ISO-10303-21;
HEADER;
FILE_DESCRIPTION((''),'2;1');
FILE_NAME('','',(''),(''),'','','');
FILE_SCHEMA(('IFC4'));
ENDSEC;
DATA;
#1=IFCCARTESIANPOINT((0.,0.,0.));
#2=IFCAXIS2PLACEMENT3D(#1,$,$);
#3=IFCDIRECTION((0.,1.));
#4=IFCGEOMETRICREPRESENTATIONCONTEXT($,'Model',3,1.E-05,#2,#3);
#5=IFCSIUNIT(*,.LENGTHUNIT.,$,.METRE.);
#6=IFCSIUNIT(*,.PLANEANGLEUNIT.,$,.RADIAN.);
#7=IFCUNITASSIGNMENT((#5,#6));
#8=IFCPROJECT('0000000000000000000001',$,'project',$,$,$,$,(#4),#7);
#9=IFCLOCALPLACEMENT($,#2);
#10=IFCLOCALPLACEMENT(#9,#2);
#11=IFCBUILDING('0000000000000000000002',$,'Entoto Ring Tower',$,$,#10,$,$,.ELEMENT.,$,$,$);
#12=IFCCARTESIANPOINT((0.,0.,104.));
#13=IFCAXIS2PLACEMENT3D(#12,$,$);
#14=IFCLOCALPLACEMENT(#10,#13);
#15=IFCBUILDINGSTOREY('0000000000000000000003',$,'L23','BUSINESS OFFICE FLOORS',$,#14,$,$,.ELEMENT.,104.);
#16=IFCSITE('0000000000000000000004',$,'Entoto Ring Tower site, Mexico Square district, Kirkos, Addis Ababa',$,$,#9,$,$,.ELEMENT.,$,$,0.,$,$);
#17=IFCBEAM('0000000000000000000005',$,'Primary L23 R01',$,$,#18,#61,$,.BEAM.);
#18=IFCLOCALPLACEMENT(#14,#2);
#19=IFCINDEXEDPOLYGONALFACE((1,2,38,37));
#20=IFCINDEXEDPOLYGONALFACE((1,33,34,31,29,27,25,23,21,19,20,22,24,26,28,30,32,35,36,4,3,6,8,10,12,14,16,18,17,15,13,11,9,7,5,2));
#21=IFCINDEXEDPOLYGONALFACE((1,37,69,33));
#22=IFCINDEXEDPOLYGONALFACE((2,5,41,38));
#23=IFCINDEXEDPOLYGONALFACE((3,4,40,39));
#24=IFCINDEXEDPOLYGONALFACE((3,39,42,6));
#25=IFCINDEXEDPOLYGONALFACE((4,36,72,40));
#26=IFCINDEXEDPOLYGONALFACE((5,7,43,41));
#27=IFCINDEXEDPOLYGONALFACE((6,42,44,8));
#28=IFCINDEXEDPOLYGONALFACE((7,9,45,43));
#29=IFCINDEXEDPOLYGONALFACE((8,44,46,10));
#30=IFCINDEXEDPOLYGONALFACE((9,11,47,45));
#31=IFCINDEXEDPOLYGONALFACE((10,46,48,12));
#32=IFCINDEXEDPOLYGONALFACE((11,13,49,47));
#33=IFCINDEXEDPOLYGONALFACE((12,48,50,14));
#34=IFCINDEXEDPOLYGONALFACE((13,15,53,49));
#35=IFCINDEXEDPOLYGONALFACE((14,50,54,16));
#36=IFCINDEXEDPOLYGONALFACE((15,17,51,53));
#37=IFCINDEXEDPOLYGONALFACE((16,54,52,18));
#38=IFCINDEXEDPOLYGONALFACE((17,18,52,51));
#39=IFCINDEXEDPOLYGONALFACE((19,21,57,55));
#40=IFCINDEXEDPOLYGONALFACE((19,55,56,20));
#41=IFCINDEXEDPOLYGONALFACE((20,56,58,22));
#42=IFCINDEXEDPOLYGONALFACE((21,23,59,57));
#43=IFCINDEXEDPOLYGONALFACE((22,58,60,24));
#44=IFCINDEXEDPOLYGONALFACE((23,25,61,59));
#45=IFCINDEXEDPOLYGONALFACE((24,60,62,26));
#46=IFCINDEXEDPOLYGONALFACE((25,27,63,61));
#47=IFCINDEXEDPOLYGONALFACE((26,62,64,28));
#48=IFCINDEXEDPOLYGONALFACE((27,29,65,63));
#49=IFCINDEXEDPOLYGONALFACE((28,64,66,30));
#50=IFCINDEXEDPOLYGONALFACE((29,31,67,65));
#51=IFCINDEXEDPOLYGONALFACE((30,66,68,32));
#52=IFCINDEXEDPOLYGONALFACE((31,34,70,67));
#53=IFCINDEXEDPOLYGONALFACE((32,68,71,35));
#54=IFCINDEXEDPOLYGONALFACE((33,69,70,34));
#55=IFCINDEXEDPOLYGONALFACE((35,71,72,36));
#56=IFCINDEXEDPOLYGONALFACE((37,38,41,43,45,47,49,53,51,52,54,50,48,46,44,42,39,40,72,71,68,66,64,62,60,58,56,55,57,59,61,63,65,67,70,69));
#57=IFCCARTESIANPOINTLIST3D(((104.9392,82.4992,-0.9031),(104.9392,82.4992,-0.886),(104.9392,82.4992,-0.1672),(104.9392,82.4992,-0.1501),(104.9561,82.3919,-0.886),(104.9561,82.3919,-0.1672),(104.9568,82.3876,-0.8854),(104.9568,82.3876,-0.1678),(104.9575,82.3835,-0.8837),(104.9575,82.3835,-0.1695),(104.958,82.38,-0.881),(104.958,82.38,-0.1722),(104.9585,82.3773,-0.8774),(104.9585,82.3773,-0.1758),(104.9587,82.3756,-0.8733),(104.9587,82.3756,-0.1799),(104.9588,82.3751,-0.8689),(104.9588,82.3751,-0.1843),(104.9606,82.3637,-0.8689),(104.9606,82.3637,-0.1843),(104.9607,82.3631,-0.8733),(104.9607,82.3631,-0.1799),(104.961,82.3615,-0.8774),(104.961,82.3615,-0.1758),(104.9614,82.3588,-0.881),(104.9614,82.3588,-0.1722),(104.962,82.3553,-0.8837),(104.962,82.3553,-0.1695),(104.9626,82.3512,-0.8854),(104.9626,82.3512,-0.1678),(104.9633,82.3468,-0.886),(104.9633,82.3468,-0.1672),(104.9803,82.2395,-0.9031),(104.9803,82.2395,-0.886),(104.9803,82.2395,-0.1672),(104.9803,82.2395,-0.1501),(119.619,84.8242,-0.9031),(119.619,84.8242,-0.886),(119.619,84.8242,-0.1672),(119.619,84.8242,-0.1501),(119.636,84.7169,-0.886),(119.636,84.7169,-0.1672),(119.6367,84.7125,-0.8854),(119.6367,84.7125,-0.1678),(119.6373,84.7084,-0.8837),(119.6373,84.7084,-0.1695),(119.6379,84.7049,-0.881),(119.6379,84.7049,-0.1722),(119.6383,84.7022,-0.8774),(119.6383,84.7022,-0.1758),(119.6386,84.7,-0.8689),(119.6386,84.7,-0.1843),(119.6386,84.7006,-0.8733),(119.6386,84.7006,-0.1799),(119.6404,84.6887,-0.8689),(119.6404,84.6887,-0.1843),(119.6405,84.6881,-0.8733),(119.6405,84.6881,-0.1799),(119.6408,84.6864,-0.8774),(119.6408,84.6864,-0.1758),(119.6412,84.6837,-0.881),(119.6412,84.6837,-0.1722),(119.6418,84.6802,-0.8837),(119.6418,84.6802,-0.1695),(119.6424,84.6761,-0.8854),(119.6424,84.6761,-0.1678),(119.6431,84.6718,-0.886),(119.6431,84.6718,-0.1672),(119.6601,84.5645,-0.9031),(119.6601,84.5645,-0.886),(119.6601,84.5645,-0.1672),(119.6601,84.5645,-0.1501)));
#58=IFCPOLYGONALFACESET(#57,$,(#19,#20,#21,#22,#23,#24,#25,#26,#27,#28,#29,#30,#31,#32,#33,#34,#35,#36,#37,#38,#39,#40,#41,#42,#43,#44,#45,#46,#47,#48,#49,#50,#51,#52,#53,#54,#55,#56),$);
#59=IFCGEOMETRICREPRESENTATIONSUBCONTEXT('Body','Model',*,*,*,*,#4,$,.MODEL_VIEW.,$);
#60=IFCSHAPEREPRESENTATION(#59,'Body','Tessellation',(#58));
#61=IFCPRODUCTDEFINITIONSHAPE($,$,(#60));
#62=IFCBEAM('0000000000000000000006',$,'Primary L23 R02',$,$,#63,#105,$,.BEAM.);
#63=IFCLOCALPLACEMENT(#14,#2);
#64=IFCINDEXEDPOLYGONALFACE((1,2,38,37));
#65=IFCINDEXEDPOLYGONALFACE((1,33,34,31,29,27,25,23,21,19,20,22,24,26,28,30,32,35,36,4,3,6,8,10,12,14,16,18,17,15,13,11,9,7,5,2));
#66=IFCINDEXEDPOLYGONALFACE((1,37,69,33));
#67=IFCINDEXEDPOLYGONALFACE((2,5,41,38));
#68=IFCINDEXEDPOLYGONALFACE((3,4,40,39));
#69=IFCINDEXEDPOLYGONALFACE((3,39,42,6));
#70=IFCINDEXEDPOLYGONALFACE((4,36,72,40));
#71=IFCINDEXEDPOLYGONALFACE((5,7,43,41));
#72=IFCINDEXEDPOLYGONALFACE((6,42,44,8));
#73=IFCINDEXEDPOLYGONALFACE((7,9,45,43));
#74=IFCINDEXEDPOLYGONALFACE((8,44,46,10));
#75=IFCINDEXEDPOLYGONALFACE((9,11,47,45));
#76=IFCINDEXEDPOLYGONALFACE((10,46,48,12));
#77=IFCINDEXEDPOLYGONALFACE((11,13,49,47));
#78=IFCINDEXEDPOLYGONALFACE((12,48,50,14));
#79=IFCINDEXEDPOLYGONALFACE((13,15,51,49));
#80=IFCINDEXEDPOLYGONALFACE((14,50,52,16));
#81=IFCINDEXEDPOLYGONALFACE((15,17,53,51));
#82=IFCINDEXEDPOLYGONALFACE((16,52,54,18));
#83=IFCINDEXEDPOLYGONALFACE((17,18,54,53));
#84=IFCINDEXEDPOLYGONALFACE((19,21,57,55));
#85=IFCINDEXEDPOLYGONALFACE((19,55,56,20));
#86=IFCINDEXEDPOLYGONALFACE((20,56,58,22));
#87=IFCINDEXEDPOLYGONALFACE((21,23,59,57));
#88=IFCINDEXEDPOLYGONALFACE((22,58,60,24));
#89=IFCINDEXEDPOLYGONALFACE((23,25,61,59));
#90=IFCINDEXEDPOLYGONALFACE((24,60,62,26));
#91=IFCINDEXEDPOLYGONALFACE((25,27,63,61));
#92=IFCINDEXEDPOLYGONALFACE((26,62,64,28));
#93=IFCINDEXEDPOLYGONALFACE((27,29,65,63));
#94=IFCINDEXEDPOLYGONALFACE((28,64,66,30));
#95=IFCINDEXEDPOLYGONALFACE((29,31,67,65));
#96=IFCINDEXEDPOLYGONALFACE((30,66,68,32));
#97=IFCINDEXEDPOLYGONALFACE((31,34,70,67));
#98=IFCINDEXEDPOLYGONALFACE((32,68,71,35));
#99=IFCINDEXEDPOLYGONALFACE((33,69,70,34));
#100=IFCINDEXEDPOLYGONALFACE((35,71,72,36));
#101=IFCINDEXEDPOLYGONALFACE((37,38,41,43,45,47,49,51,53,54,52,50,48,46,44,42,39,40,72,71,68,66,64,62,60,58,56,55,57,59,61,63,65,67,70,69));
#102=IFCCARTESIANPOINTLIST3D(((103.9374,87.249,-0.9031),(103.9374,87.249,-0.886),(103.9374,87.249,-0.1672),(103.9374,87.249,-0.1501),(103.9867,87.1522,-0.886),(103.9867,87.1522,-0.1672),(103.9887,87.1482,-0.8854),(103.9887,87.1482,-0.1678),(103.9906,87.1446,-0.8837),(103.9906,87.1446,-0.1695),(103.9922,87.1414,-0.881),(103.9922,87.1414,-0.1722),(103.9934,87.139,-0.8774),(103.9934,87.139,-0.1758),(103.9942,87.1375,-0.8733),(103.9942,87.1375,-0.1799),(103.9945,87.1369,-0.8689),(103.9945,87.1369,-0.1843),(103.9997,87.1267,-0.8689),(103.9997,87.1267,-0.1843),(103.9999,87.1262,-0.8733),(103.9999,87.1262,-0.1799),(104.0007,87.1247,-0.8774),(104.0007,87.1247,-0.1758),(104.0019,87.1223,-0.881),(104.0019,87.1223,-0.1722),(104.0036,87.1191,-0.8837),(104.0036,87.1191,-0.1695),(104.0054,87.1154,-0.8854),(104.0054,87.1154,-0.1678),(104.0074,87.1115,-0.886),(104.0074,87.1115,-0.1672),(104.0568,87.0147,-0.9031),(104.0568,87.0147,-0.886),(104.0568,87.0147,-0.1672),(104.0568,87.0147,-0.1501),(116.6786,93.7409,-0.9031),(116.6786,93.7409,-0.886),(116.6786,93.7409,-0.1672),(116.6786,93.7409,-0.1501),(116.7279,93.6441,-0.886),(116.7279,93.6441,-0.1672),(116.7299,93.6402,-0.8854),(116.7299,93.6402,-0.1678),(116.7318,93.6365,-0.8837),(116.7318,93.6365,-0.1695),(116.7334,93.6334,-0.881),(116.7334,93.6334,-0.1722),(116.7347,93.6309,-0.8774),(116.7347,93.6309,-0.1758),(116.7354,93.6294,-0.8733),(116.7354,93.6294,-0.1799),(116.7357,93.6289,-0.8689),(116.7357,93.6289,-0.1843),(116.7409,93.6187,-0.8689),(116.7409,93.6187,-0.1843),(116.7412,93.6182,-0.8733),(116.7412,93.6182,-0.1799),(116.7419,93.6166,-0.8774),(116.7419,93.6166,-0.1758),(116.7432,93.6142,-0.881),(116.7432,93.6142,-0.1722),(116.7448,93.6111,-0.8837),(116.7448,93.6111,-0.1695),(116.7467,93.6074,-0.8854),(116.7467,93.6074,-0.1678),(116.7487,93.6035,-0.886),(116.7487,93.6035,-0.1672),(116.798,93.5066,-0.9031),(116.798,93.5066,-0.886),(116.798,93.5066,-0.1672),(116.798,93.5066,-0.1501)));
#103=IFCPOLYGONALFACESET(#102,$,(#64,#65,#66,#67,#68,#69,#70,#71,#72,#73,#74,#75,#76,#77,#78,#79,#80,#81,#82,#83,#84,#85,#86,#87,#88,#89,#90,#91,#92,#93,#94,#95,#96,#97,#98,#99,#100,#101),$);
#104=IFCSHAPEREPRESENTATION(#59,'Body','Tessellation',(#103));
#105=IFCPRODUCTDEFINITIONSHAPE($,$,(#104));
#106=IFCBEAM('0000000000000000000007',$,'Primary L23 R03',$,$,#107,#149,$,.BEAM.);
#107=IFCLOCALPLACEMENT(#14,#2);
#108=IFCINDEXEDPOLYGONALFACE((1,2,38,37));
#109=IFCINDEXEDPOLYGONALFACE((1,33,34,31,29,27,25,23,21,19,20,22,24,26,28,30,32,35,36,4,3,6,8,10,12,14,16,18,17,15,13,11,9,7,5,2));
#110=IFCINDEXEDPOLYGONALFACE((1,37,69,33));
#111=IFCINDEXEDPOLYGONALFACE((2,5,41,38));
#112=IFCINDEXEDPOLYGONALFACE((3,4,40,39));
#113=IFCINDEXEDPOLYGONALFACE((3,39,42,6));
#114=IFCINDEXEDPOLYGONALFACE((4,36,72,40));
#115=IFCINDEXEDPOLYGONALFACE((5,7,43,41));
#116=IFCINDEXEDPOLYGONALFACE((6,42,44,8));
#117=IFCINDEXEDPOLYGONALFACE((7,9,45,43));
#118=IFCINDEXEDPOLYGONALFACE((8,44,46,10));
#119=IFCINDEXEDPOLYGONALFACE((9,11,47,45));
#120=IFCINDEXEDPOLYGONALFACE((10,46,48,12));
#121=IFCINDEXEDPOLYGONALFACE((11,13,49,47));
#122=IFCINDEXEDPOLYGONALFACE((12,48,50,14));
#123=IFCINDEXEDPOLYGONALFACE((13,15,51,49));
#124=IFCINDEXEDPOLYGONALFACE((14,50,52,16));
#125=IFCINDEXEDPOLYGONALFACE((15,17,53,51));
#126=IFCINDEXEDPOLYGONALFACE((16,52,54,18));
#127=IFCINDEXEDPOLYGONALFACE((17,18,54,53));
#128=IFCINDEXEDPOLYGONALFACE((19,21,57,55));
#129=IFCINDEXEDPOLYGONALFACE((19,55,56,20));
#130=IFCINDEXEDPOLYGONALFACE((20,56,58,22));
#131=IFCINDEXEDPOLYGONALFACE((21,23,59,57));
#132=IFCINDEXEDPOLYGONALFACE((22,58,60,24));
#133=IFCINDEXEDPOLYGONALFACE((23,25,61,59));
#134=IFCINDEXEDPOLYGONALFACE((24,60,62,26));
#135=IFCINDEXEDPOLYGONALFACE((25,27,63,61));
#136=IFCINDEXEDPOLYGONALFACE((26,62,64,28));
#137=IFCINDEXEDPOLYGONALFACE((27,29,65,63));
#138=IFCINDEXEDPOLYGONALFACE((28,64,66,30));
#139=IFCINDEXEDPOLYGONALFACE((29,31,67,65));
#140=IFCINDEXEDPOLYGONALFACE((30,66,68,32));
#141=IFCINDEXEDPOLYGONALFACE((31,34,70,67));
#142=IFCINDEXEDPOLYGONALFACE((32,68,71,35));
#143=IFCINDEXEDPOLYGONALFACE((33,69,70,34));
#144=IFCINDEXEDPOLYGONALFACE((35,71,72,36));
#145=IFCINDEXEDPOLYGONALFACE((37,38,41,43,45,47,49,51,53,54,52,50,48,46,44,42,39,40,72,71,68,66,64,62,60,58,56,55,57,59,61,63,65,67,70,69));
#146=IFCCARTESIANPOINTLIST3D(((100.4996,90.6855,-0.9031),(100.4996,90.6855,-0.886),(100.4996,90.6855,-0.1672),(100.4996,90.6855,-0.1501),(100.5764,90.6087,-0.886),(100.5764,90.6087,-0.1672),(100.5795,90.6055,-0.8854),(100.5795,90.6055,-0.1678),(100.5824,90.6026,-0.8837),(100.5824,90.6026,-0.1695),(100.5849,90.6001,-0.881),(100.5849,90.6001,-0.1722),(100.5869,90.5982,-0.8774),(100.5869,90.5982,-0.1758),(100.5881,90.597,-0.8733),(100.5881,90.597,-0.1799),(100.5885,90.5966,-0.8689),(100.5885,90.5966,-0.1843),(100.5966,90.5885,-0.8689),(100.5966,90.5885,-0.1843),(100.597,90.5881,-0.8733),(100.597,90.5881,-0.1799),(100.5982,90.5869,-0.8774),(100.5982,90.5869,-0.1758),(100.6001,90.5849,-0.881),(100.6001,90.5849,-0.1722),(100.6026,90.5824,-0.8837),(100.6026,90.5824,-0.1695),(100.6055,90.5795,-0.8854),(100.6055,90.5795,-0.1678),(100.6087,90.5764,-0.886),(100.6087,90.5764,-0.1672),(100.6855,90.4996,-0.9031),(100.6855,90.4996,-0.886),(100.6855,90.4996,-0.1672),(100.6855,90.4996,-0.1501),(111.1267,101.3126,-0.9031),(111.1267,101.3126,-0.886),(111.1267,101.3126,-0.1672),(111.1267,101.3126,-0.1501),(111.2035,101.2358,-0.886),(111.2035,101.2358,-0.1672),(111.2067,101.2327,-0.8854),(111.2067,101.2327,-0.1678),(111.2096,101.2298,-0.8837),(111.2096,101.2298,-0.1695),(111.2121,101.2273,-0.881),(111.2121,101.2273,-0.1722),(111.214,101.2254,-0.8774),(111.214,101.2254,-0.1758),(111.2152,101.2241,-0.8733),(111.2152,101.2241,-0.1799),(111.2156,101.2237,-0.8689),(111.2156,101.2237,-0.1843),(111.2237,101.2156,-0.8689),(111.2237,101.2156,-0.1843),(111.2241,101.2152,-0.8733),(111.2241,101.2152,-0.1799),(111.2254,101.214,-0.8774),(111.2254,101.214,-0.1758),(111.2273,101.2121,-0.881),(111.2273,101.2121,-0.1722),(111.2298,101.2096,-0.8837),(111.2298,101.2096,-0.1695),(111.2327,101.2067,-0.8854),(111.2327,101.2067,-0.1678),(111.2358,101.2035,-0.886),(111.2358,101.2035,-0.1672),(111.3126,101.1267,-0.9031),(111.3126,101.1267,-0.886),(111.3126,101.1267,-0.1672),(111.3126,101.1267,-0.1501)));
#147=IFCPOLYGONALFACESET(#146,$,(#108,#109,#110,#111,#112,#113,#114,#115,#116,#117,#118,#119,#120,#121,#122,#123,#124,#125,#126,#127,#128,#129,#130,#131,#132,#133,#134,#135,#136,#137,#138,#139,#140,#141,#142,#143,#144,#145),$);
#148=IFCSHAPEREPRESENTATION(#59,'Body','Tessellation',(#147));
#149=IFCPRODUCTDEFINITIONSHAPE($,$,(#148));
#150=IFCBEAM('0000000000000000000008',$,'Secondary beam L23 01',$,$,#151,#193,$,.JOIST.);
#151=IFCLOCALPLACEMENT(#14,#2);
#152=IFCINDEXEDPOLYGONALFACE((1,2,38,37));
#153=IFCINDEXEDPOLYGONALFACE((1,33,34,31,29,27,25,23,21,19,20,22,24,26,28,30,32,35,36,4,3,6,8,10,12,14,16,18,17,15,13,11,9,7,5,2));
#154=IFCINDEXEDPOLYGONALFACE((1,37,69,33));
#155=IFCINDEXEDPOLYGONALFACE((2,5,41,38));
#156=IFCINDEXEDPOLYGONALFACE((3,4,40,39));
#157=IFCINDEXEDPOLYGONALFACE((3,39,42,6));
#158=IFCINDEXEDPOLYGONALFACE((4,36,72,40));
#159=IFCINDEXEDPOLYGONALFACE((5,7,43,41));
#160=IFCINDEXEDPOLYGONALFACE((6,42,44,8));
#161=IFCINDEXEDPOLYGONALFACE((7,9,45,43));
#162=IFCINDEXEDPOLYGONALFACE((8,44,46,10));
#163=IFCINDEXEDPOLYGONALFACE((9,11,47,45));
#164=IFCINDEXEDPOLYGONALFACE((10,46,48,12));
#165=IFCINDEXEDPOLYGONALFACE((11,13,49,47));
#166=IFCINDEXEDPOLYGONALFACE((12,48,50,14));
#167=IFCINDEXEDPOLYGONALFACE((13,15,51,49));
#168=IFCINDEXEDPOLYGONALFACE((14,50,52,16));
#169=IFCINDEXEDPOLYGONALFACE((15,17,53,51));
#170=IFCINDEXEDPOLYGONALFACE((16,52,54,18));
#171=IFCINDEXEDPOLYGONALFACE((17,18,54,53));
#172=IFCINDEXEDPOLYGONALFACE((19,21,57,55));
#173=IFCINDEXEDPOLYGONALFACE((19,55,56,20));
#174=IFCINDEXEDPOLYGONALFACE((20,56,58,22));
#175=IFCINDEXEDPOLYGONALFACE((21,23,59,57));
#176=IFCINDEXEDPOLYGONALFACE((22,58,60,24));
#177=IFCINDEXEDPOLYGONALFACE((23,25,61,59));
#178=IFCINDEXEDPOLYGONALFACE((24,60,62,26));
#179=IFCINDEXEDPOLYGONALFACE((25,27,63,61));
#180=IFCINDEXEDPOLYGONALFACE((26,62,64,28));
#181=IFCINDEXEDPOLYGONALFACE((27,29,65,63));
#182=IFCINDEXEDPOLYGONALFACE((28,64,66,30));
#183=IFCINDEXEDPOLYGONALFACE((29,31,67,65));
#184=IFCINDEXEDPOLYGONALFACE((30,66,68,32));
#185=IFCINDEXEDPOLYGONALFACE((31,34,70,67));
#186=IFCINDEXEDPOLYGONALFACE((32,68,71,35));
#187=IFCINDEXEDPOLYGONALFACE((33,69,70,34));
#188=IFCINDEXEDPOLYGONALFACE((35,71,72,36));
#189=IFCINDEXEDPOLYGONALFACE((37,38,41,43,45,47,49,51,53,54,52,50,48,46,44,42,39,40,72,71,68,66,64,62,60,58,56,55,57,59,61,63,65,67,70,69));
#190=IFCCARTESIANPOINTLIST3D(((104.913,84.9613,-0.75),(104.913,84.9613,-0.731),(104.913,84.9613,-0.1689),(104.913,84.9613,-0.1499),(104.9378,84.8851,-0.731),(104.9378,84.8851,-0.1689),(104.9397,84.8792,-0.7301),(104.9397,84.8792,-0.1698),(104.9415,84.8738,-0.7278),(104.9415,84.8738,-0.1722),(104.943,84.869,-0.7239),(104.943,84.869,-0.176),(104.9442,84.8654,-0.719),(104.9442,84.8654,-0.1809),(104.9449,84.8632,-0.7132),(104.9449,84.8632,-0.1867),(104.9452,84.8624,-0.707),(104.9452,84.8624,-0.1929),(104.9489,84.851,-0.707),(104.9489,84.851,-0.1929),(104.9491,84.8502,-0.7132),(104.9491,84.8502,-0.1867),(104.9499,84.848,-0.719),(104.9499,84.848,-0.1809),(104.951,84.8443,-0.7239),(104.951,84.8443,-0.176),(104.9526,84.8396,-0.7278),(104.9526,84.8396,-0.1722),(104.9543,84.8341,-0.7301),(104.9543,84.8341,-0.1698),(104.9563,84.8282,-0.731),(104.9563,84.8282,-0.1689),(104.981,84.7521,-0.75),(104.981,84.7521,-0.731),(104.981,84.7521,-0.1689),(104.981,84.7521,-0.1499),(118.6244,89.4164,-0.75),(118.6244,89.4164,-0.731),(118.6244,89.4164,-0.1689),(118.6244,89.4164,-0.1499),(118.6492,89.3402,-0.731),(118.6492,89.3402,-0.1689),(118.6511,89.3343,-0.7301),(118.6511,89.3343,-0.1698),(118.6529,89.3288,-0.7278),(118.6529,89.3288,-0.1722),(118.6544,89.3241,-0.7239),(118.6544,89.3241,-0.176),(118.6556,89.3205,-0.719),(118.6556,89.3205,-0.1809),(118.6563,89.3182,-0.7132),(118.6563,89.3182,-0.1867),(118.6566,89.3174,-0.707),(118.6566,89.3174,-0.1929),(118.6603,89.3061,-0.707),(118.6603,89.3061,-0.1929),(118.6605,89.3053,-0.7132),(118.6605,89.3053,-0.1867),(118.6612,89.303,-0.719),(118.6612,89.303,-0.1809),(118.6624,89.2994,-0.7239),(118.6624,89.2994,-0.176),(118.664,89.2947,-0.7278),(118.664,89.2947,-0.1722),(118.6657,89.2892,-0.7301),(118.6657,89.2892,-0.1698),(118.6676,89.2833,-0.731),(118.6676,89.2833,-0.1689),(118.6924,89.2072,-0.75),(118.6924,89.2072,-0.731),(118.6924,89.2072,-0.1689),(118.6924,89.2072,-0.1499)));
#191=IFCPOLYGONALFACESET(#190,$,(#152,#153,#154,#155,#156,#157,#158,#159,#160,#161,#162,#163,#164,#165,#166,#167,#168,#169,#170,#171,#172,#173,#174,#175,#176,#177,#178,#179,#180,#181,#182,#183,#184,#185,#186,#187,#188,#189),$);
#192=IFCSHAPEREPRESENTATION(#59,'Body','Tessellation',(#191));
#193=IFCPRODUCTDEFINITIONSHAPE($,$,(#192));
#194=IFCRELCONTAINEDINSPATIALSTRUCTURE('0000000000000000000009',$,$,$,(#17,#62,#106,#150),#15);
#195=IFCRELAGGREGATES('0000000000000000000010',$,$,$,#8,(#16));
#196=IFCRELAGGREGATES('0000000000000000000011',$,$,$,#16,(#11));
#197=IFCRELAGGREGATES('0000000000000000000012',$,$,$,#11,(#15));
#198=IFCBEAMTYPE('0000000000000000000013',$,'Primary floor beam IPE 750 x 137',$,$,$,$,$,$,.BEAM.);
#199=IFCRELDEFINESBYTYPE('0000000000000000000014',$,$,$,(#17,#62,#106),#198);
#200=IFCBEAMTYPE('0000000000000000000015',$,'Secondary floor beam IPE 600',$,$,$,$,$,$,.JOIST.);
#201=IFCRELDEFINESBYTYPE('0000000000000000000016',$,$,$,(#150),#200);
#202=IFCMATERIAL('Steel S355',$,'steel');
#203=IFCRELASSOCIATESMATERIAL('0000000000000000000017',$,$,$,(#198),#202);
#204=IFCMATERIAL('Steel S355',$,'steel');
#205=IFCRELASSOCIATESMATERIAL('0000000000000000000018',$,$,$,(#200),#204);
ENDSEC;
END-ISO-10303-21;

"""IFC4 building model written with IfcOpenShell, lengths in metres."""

from ifc_helpers import new_model, si_unit, direction, frame, origin, origin_2d, place, context, subcontext, project, spatial, i_section, extrude, material, material_profile, profile_set, type_object, element, save


model = new_model("IFC4")

# Units and contexts
model_context = context("Model", 3, precision=1e-05, world=origin(), true_north=direction((0.0, 1.0)))
body_context = subcontext(model_context, "Body", "Model", "MODEL_VIEW")
ifc_project = project(units=[si_unit("LENGTHUNIT", "METRE"), si_unit("PLANEANGLEUNIT", "RADIAN")], contexts=[model_context])

# Site, building, storey
site_placement = place(None, origin())
site = spatial("IfcSite", under=ifc_project, at=site_placement, Name="Entoto Ring Tower site, Mexico Square district, Kirkos, Addis Ababa", CompositionType="ELEMENT", RefElevation=0.0)
building_placement = place(site_placement, origin())
building = spatial("IfcBuilding", under=site, at=building_placement, Name="Entoto Ring Tower", CompositionType="ELEMENT")
storey_placement = place(building_placement, frame((0.0, 0.0, 104.0)))
storey = spatial("IfcBuildingStorey", under=building, at=storey_placement, Name="L23", Description="BUSINESS OFFICE FLOORS", CompositionType="ELEMENT", Elevation=104.0)

# Beams
ifc_material_1 = material(Name="Steel S355", Category="steel")
ifc_material_profile_1 = material_profile(ifc_material_1, i_section(OverallWidth=0.2629, OverallDepth=0.7529, WebThickness=0.0115, FlangeThickness=0.0171, FilletRadius=0.0171, at=origin_2d()), Name="IPE 750 x 137")
ifc_profile_set_1 = profile_set([ifc_material_profile_1], Name="Steel S355")
beam_type_1 = type_object("IfcBeamType", Name="Primary floor beam IPE 750 x 137", PredefinedType="BEAM", material=ifc_profile_set_1)
beam_1_placement = place(storey_placement, frame((104.9597, 82.3694, -0.5266), z_axis=(0.98769, 0.156426, 0.0), x_axis=(-0.156426, 0.98769, 0.0)))
element("IfcBeam", 1, at=beam_1_placement, inside=storey, type_object=beam_type_1, Name="Primary L23 R01", PredefinedType="BEAM", context=body_context, shape_type="SweptSolid", body=[
    extrude(i_section(OverallWidth=0.2629, OverallDepth=0.7529, WebThickness=0.0115, FlangeThickness=0.0171, FilletRadius=0.0171, at=origin_2d()), origin(), (0.0, 0.0, 1.0), 14.8628),
])
beam_2_placement = place(storey_placement, frame((103.9971, 87.1318, -0.5266), z_axis=(0.891007, 0.453989, 0.0), x_axis=(-0.453989, 0.891007, 0.0)))
element("IfcBeam", 2, at=beam_2_placement, inside=storey, type_object=beam_type_1, Name="Primary L23 R02", PredefinedType="BEAM", context=body_context, shape_type="SweptSolid", body=[
    extrude(i_section(OverallWidth=0.2629, OverallDepth=0.7529, WebThickness=0.0115, FlangeThickness=0.0171, FilletRadius=0.0171, at=origin_2d()), origin(), (0.0, 0.0, 1.0), 14.2998),
])
beam_3_placement = place(storey_placement, frame((100.5925, 90.5925, -0.5266), z_axis=(0.707107, 0.707107, 0.0), x_axis=(-0.707107, 0.707107, 0.0)))
element("IfcBeam", 3, at=beam_3_placement, inside=storey, type_object=beam_type_1, Name="Primary L23 R03", PredefinedType="BEAM", context=body_context, shape_type="SweptSolid", body=[
    extrude(i_section(OverallWidth=0.2629, OverallDepth=0.7529, WebThickness=0.0115, FlangeThickness=0.0171, FilletRadius=0.0171, at=origin_2d()), origin(), (0.0, 0.0, 1.0), 15.0291),
])
ifc_material_2 = material(Name="Steel S355", Category="steel")
ifc_material_profile_2 = material_profile(ifc_material_2, i_section(OverallWidth=0.22, OverallDepth=0.6001, WebThickness=0.012, FlangeThickness=0.019, FilletRadius=0.0239, at=origin_2d()), Name="IPE 600")
ifc_profile_set_2 = profile_set([ifc_material_profile_2], Name="Steel S355")
beam_type_2 = type_object("IfcBeamType", Name="Secondary floor beam IPE 600", PredefinedType="JOIST", material=ifc_profile_set_2)
beam_4_placement = place(storey_placement, frame((104.947, 84.8567, -0.45), z_axis=(0.951057, 0.309015, 0.0), x_axis=(-0.309015, 0.951057, 0.0)))
element("IfcBeam", 4, at=beam_4_placement, inside=storey, type_object=beam_type_2, Name="Secondary beam L23 01", PredefinedType="JOIST", context=body_context, shape_type="SweptSolid", body=[
    extrude(i_section(OverallWidth=0.22, OverallDepth=0.6001, WebThickness=0.012, FlangeThickness=0.019, FilletRadius=0.0239, at=origin_2d()), origin(), (0.0, 0.0, 1.0), 14.417),
])

save(model, "model.ifc")
